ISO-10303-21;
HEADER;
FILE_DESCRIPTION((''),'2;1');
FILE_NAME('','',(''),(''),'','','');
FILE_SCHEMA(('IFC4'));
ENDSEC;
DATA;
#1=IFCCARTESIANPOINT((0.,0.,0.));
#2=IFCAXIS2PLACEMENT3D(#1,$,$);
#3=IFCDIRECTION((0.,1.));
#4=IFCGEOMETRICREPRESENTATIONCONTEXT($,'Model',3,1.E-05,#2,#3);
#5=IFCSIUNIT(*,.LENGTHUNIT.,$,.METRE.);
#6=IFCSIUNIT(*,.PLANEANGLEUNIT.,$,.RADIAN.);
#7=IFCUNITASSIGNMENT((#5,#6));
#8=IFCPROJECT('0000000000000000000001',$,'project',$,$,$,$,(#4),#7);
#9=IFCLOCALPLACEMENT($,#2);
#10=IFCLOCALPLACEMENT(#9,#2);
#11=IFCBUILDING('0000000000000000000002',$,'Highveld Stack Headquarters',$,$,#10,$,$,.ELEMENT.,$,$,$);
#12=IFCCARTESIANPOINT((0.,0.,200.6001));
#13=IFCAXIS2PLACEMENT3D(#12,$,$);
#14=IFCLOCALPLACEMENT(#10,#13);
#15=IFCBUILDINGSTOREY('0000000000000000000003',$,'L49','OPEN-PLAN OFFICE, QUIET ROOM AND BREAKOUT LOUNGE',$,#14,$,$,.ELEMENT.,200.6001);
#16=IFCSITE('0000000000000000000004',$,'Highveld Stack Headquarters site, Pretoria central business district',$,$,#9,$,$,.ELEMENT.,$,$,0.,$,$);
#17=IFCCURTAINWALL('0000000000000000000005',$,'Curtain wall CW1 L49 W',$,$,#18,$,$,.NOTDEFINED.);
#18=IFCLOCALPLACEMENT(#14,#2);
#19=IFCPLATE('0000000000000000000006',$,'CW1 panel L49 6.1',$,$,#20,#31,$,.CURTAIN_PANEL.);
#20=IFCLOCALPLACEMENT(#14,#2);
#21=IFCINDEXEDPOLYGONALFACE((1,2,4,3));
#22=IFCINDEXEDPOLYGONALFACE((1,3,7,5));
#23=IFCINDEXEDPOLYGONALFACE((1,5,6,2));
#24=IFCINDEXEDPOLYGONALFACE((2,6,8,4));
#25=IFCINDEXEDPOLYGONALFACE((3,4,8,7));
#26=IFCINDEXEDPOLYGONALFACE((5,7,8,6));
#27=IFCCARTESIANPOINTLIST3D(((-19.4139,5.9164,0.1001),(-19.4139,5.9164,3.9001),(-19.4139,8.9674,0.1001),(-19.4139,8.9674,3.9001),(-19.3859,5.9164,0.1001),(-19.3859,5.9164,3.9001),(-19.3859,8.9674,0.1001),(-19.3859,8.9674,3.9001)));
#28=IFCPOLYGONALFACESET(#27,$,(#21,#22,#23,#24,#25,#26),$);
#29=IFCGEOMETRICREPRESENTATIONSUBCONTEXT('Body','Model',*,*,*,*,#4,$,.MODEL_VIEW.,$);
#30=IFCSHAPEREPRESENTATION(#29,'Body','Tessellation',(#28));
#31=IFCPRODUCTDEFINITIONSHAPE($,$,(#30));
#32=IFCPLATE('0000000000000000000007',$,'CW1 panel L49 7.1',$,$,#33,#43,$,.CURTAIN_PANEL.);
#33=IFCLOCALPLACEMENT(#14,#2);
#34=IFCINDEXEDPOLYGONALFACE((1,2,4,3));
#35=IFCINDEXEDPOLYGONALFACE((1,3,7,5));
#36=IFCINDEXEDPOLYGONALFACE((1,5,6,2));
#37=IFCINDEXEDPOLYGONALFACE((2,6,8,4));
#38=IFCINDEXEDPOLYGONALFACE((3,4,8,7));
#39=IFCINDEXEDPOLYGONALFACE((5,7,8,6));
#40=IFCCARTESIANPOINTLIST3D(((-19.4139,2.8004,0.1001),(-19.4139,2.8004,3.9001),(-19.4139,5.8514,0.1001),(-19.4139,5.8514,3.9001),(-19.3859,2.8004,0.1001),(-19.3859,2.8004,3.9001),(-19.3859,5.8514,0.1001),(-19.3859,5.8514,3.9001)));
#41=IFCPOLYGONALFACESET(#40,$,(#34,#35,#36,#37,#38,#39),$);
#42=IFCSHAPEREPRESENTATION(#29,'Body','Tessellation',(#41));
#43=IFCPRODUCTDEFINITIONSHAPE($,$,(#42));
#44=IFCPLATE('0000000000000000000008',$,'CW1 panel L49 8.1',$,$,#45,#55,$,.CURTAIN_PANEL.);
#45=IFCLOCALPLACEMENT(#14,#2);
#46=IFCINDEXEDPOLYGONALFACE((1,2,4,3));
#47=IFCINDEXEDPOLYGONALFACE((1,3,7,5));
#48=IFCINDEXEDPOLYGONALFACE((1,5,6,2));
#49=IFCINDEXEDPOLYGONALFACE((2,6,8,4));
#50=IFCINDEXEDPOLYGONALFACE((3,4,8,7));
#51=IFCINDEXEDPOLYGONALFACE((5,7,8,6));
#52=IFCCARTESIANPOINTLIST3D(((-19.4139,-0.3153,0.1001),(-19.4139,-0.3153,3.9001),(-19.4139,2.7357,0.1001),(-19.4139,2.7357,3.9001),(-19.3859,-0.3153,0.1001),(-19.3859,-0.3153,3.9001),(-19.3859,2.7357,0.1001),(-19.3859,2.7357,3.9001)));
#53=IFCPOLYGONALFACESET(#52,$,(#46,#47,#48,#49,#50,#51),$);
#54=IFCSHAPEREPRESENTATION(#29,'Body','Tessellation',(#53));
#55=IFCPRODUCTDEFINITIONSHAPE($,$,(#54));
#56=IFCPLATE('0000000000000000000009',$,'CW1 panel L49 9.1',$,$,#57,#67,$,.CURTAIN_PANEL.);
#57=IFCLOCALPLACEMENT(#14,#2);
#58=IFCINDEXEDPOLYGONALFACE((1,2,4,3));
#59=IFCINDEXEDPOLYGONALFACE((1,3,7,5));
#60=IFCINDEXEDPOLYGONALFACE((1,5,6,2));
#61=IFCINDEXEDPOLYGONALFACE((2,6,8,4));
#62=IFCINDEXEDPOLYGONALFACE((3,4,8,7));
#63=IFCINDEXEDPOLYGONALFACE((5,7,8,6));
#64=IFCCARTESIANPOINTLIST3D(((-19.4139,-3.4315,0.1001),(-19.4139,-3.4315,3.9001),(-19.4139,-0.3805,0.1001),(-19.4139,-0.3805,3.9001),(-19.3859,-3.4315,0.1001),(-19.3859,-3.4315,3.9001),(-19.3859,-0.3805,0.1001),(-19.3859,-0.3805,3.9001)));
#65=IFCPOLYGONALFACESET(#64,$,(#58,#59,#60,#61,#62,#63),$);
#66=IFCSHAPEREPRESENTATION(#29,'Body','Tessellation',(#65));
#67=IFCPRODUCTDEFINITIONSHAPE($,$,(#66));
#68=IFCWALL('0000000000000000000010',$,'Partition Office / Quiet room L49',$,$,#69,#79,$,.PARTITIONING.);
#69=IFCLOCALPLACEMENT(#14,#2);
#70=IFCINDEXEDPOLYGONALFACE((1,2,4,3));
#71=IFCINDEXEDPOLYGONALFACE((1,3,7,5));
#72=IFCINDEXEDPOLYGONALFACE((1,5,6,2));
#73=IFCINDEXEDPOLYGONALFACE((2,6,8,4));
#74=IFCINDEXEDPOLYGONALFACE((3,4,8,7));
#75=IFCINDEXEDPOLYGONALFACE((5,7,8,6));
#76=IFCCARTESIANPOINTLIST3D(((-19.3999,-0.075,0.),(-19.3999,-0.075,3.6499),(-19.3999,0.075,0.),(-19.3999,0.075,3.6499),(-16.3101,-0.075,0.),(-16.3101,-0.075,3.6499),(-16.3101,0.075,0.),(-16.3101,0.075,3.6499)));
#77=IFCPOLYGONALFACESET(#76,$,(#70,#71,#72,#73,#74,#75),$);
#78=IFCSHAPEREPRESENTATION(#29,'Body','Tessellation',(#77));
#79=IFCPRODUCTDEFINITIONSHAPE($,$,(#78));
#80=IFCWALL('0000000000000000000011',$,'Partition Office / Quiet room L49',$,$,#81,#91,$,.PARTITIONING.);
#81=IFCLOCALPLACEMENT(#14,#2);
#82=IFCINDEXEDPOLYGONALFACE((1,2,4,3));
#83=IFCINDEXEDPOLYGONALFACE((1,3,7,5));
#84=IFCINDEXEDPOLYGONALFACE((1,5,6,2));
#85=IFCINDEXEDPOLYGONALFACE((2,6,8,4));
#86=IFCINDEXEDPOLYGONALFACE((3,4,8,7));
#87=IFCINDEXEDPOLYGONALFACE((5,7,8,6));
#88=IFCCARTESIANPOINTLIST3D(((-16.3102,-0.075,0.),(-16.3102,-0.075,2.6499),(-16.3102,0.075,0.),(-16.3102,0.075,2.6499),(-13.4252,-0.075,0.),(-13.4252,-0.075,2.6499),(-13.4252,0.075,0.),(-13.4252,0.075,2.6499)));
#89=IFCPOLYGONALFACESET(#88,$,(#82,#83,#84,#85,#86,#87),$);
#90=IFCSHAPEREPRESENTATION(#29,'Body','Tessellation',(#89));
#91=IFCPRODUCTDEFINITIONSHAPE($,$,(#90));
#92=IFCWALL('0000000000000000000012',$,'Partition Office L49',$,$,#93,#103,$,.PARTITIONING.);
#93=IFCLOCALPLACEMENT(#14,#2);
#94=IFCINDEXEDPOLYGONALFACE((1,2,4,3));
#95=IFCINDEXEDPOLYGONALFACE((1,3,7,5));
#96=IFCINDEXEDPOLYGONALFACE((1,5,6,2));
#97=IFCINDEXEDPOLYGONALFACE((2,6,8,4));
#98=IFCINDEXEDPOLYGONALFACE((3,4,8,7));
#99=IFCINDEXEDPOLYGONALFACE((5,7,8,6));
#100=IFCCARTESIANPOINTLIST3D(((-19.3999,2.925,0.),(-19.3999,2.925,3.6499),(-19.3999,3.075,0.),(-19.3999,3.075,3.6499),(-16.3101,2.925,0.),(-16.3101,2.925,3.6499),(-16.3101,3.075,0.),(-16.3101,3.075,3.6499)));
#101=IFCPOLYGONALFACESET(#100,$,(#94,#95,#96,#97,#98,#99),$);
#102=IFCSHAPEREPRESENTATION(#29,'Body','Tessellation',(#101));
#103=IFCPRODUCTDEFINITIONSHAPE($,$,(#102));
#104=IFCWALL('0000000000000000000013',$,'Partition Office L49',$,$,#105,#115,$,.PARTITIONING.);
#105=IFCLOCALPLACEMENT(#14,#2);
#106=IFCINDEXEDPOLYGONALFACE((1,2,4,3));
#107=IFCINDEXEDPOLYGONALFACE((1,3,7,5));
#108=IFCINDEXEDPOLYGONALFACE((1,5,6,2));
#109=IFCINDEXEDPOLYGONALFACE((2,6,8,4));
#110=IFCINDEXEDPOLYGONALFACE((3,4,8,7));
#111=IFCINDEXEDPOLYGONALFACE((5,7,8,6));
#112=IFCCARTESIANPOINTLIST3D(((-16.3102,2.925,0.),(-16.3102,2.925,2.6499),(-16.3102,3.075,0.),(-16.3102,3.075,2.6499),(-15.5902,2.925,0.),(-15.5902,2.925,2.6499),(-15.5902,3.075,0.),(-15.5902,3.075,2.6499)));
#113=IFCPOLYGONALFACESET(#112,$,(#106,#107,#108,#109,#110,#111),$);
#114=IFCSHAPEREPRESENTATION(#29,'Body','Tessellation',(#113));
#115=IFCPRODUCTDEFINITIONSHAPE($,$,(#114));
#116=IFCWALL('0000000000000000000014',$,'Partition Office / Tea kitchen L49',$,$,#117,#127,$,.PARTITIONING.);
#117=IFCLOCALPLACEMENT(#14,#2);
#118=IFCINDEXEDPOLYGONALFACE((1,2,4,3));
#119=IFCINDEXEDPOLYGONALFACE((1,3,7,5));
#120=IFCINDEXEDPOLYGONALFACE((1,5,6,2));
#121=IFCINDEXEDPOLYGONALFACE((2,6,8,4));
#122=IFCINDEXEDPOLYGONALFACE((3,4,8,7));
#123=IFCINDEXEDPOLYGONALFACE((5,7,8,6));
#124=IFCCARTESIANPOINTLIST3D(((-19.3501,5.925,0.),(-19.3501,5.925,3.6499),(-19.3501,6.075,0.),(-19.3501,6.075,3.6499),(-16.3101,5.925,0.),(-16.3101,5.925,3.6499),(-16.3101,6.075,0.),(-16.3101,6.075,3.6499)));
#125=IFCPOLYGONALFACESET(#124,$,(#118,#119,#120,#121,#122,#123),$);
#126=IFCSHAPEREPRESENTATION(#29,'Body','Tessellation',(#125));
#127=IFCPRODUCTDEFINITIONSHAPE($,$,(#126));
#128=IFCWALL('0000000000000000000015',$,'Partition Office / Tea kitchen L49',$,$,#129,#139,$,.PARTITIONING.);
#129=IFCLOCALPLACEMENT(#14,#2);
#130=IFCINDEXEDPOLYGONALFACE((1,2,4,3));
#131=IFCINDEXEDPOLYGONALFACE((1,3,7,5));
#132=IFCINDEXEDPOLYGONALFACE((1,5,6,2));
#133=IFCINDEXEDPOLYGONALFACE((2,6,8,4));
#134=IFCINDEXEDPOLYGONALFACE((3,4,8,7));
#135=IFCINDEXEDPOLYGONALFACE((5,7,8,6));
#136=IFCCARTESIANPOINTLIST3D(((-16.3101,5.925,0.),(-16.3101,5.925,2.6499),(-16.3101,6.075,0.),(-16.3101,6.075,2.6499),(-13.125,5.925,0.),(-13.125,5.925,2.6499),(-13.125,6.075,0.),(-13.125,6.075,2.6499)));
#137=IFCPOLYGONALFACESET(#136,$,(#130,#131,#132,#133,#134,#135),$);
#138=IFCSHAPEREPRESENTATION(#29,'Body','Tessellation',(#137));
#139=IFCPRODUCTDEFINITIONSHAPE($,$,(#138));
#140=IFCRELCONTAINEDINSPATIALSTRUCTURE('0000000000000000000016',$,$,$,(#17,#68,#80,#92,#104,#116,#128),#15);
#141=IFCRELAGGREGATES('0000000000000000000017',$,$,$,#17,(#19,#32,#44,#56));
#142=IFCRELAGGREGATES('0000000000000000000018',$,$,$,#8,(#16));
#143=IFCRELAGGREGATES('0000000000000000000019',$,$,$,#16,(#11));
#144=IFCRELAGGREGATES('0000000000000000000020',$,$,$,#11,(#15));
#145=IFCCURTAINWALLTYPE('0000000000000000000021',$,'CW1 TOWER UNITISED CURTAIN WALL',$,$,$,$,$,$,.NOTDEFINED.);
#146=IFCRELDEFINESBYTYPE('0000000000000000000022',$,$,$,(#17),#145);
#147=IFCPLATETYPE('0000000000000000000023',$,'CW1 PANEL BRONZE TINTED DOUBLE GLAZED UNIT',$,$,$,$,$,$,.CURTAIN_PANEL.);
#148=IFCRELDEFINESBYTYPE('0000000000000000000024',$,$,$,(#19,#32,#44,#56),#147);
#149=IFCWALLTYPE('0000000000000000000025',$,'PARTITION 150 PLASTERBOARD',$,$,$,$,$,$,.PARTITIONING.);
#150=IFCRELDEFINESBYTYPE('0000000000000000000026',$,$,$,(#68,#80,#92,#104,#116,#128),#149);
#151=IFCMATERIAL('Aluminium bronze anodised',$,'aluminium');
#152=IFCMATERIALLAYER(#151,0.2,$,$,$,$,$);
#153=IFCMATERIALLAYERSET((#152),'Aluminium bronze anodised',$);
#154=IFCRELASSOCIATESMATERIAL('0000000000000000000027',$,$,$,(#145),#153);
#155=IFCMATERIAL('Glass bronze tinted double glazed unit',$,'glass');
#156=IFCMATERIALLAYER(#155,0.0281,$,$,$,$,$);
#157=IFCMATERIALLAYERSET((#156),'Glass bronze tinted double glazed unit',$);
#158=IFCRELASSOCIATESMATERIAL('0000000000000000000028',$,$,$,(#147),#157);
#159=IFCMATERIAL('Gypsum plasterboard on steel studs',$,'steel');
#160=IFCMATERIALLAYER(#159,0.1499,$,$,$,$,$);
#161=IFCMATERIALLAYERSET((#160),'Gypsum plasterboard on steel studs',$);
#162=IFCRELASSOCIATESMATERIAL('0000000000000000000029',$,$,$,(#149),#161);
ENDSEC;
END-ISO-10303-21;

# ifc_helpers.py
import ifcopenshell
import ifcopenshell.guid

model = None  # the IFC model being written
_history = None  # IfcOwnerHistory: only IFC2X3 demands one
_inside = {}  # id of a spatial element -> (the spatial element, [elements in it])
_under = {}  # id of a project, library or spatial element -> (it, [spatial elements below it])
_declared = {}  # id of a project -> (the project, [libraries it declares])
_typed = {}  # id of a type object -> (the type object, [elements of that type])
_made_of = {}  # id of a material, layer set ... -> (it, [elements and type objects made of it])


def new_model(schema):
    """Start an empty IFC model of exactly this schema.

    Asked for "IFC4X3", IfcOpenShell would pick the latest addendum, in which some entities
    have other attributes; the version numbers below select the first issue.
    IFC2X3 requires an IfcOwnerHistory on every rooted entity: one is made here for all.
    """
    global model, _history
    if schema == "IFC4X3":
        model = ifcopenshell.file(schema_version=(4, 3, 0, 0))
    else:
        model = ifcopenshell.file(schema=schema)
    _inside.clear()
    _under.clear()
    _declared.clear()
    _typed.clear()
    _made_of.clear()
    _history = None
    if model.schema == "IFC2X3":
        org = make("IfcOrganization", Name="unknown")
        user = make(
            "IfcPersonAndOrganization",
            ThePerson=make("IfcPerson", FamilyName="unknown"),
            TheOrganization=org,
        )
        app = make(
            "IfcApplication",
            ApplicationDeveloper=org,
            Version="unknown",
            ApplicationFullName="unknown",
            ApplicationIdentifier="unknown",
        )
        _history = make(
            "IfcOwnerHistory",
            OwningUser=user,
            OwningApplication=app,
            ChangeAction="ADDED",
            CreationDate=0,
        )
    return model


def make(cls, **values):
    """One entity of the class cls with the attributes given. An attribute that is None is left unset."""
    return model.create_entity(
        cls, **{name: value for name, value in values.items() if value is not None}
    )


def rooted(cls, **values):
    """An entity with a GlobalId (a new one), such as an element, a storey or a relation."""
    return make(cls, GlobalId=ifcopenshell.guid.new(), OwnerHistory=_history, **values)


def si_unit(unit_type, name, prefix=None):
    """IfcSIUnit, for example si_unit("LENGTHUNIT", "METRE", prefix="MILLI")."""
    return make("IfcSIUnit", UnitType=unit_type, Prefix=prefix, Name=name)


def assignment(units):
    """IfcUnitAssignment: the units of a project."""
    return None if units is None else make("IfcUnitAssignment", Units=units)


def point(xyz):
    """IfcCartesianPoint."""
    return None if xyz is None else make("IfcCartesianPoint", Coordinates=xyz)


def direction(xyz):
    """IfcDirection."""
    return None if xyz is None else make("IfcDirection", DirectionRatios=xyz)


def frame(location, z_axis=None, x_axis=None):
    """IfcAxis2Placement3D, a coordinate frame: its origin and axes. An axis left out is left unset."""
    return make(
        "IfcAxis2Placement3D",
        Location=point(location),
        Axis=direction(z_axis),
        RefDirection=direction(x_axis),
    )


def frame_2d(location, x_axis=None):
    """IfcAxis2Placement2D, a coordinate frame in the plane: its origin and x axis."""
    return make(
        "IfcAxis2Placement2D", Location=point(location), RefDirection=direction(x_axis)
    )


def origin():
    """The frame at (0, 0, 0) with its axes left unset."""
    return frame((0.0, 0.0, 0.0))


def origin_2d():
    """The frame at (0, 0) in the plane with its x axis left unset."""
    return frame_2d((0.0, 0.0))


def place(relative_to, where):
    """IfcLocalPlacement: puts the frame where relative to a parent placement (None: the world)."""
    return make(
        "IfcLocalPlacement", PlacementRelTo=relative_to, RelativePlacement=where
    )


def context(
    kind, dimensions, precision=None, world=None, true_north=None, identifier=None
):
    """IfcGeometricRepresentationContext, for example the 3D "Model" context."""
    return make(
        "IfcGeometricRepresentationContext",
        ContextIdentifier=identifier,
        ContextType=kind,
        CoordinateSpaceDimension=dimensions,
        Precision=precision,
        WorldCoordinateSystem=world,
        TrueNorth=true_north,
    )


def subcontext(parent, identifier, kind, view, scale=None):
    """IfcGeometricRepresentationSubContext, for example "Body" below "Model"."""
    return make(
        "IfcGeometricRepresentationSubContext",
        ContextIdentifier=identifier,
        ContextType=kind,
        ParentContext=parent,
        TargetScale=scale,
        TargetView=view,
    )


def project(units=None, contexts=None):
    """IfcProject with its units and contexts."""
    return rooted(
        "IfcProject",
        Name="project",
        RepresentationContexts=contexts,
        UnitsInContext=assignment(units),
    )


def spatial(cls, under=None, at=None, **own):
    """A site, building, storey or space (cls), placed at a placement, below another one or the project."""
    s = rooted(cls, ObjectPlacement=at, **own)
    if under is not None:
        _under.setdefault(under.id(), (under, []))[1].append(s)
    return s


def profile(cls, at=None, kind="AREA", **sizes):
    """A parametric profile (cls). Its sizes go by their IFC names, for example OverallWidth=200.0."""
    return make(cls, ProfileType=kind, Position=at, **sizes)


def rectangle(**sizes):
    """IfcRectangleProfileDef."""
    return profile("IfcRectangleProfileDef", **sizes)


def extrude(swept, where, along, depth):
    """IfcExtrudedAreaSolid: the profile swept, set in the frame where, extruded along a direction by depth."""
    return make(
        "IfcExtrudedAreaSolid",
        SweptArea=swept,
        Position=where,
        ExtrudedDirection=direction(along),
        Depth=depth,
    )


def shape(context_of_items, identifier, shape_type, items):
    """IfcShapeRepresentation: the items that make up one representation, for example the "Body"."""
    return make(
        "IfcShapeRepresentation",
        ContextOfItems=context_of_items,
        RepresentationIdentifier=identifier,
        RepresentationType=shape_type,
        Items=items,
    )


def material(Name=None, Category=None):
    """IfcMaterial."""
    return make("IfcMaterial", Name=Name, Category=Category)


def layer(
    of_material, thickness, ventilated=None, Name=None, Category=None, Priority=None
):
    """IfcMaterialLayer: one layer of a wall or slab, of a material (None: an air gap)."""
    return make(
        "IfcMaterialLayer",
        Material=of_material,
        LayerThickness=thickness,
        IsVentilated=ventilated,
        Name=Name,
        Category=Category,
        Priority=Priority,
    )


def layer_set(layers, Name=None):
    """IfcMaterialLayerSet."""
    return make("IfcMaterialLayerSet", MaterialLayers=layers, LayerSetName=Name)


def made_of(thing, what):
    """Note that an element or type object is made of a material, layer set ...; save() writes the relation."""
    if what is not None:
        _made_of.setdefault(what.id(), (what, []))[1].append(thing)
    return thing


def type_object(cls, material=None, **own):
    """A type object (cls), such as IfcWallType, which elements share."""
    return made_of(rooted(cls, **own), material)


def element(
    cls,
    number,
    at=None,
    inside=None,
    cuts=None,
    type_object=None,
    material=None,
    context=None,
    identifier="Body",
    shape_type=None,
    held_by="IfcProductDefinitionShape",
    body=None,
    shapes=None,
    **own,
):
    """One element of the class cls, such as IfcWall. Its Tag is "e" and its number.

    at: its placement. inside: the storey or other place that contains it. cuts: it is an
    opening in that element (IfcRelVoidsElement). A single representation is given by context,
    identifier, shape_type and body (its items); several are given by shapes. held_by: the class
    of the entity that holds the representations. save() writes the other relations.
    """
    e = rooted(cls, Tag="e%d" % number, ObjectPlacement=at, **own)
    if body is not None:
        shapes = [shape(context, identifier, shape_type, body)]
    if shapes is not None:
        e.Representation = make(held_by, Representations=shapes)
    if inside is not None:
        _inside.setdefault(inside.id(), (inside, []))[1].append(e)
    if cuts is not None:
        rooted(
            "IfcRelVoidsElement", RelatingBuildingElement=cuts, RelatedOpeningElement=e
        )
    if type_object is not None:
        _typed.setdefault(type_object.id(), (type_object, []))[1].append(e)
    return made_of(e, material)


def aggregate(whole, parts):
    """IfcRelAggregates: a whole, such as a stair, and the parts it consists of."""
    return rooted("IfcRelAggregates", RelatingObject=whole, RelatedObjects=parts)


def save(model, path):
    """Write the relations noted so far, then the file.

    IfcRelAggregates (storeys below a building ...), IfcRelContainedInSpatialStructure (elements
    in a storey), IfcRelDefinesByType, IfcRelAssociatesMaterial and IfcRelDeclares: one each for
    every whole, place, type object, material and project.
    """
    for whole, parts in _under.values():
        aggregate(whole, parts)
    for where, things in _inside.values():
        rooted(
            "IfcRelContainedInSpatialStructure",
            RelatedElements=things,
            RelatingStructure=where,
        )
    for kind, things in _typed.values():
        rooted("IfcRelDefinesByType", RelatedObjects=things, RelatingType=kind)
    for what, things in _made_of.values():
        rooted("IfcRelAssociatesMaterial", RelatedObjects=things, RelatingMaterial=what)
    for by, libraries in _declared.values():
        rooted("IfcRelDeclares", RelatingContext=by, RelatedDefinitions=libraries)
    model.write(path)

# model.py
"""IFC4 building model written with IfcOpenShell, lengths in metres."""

from ifc_helpers import new_model, si_unit, direction, frame, frame_2d, origin, origin_2d, place, context, subcontext, project, spatial, rectangle, extrude, material, layer, layer_set, type_object, element, aggregate, save


model = new_model("IFC4")

# Units and contexts
model_context = context("Model", 3, precision=1e-05, world=origin(), true_north=direction((0.0, 1.0)))
body_context = subcontext(model_context, "Body", "Model", "MODEL_VIEW")
ifc_project = project(units=[si_unit("LENGTHUNIT", "METRE"), si_unit("PLANEANGLEUNIT", "RADIAN")], contexts=[model_context])

# Site, building, storey
site_placement = place(None, origin())
site = spatial("IfcSite", under=ifc_project, at=site_placement, Name="Highveld Stack Headquarters site, Pretoria central business district", CompositionType="ELEMENT", RefElevation=0.0)
building_placement = place(site_placement, origin())
building = spatial("IfcBuilding", under=site, at=building_placement, Name="Highveld Stack Headquarters", CompositionType="ELEMENT")
storey_placement = place(building_placement, frame((0.0, 0.0, 200.6001)))
storey = spatial("IfcBuildingStorey", under=building, at=storey_placement, Name="L49", Description="OPEN-PLAN OFFICE, QUIET ROOM AND BREAKOUT LOUNGE", CompositionType="ELEMENT", Elevation=200.6001)

# Curtain wall
ifc_material_1 = material(Name="Aluminium bronze anodised", Category="aluminium")
ifc_layer_1 = layer(ifc_material_1, 0.2)
ifc_layer_set_1 = layer_set([ifc_layer_1], Name="Aluminium bronze anodised")
curtain_wall_type = type_object("IfcCurtainWallType", Name="CW1 TOWER UNITISED CURTAIN WALL", PredefinedType="NOTDEFINED", material=ifc_layer_set_1)
curtain_wall_placement = place(storey_placement, origin())
curtain_wall = element("IfcCurtainWall", 1, at=curtain_wall_placement, inside=storey, type_object=curtain_wall_type, Name="Curtain wall CW1 L49 W", PredefinedType="NOTDEFINED")

# Plates
ifc_material_2 = material(Name="Glass bronze tinted double glazed unit", Category="glass")
ifc_layer_2 = layer(ifc_material_2, 0.0281)
ifc_layer_set_2 = layer_set([ifc_layer_2], Name="Glass bronze tinted double glazed unit")
plate_type = type_object("IfcPlateType", Name="CW1 PANEL BRONZE TINTED DOUBLE GLAZED UNIT", PredefinedType="CURTAIN_PANEL", material=ifc_layer_set_2)
plate_1_placement = place(storey_placement, frame((-19.3999, 7.4419, 0.1001), z_axis=(0.0, 0.0, 1.0), x_axis=(0.0, -1.0, 0.0)))
plate_1 = element("IfcPlate", 2, at=plate_1_placement, type_object=plate_type, Name="CW1 panel L49 6.1", PredefinedType="CURTAIN_PANEL", context=body_context, shape_type="SweptSolid", body=[
    extrude(rectangle(XDim=3.051, YDim=0.0281, at=origin_2d()), origin(), (0.0, 0.0, 1.0), 3.8),
])
plate_2_placement = place(storey_placement, frame((-19.3999, 4.3259, 0.1001), z_axis=(0.0, 0.0, 1.0), x_axis=(0.0, -1.0, 0.0)))
plate_2 = element("IfcPlate", 3, at=plate_2_placement, type_object=plate_type, Name="CW1 panel L49 7.1", PredefinedType="CURTAIN_PANEL", context=body_context, shape_type="SweptSolid", body=[
    extrude(rectangle(XDim=3.051, YDim=0.0281, at=origin_2d()), origin(), (0.0, 0.0, 1.0), 3.8),
])
plate_3_placement = place(storey_placement, frame((-19.3999, 1.2102, 0.1001), z_axis=(0.0, 0.0, 1.0), x_axis=(0.0, -1.0, 0.0)))
plate_3 = element("IfcPlate", 4, at=plate_3_placement, type_object=plate_type, Name="CW1 panel L49 8.1", PredefinedType="CURTAIN_PANEL", context=body_context, shape_type="SweptSolid", body=[
    extrude(rectangle(XDim=3.051, YDim=0.0281, at=origin_2d()), origin(), (0.0, 0.0, 1.0), 3.8),
])
plate_4_placement = place(storey_placement, frame((-19.3999, -1.906, 0.1001), z_axis=(0.0, 0.0, 1.0), x_axis=(0.0, -1.0, 0.0)))
plate_4 = element("IfcPlate", 5, at=plate_4_placement, type_object=plate_type, Name="CW1 panel L49 9.1", PredefinedType="CURTAIN_PANEL", context=body_context, shape_type="SweptSolid", body=[
    extrude(rectangle(XDim=3.051, YDim=0.0281, at=origin_2d()), origin(), (0.0, 0.0, 1.0), 3.8),
])
aggregate(curtain_wall, [plate_1, plate_2, plate_3, plate_4])

# Walls
ifc_material_3 = material(Name="Gypsum plasterboard on steel studs", Category="steel")
ifc_layer_3 = layer(ifc_material_3, 0.1499)
ifc_layer_set_3 = layer_set([ifc_layer_3], Name="Gypsum plasterboard on steel studs")
wall_type = type_object("IfcWallType", Name="PARTITION 150 PLASTERBOARD", PredefinedType="PARTITIONING", material=ifc_layer_set_3)
wall_1_placement = place(storey_placement, frame((-19.3999, 0.0, 0.0), z_axis=(0.0, 0.0, 1.0), x_axis=(1.0, 0.0, 0.0)))
element("IfcWall", 6, at=wall_1_placement, inside=storey, type_object=wall_type, Name="Partition Office / Quiet room L49", PredefinedType="PARTITIONING", context=body_context, shape_type="SweptSolid", body=[
    extrude(rectangle(XDim=3.0898, YDim=0.1499, at=frame_2d((1.5449, 0.0))), origin(), (0.0, 0.0, 1.0), 3.6499),
])
wall_2_placement = place(storey_placement, frame((-16.3101, 0.0, 0.0), z_axis=(0.0, 0.0, 1.0), x_axis=(1.0, 0.0, 0.0)))
element("IfcWall", 7, at=wall_2_placement, inside=storey, type_object=wall_type, Name="Partition Office / Quiet room L49", PredefinedType="PARTITIONING", context=body_context, shape_type="SweptSolid", body=[
    extrude(rectangle(XDim=2.885, YDim=0.1499, at=frame_2d((1.4424, 0.0))), origin(), (0.0, 0.0, 1.0), 2.6499),
])
wall_3_placement = place(storey_placement, frame((-19.3999, 3.0, 0.0), z_axis=(0.0, 0.0, 1.0), x_axis=(1.0, 0.0, 0.0)))
element("IfcWall", 8, at=wall_3_placement, inside=storey, type_object=wall_type, Name="Partition Office L49", PredefinedType="PARTITIONING", context=body_context, shape_type="SweptSolid", body=[
    extrude(rectangle(XDim=3.0898, YDim=0.1499, at=frame_2d((1.5449, 0.0))), origin(), (0.0, 0.0, 1.0), 3.6499),
])
wall_4_placement = place(storey_placement, frame((-16.3101, 3.0, 0.0), z_axis=(0.0, 0.0, 1.0), x_axis=(1.0, 0.0, 0.0)))
element("IfcWall", 9, at=wall_4_placement, inside=storey, type_object=wall_type, Name="Partition Office L49", PredefinedType="PARTITIONING", context=body_context, shape_type="SweptSolid", body=[
    extrude(rectangle(XDim=0.72, YDim=0.1499, at=frame_2d((0.3599, 0.0))), origin(), (0.0, 0.0, 1.0), 2.6499),
])
wall_5_placement = place(storey_placement, frame((-19.3501, 6.0, 0.0), z_axis=(0.0, 0.0, 1.0), x_axis=(1.0, 0.0, 0.0)))
element("IfcWall", 10, at=wall_5_placement, inside=storey, type_object=wall_type, Name="Partition Office / Tea kitchen L49", PredefinedType="PARTITIONING", context=body_context, shape_type="SweptSolid", body=[
    extrude(rectangle(XDim=3.04, YDim=0.1499, at=frame_2d((1.52, 0.0))), origin(), (0.0, 0.0, 1.0), 3.6499),
])
wall_6_placement = place(storey_placement, frame((-16.3101, 6.0, 0.0), z_axis=(0.0, 0.0, 1.0), x_axis=(1.0, 0.0, 0.0)))
element("IfcWall", 11, at=wall_6_placement, inside=storey, type_object=wall_type, Name="Partition Office / Tea kitchen L49", PredefinedType="PARTITIONING", context=body_context, shape_type="SweptSolid", body=[
    extrude(rectangle(XDim=3.1851, YDim=0.1499, at=frame_2d((1.5925, 0.0))), origin(), (0.0, 0.0, 1.0), 2.6499),
])

save(model, "model.ifc")
